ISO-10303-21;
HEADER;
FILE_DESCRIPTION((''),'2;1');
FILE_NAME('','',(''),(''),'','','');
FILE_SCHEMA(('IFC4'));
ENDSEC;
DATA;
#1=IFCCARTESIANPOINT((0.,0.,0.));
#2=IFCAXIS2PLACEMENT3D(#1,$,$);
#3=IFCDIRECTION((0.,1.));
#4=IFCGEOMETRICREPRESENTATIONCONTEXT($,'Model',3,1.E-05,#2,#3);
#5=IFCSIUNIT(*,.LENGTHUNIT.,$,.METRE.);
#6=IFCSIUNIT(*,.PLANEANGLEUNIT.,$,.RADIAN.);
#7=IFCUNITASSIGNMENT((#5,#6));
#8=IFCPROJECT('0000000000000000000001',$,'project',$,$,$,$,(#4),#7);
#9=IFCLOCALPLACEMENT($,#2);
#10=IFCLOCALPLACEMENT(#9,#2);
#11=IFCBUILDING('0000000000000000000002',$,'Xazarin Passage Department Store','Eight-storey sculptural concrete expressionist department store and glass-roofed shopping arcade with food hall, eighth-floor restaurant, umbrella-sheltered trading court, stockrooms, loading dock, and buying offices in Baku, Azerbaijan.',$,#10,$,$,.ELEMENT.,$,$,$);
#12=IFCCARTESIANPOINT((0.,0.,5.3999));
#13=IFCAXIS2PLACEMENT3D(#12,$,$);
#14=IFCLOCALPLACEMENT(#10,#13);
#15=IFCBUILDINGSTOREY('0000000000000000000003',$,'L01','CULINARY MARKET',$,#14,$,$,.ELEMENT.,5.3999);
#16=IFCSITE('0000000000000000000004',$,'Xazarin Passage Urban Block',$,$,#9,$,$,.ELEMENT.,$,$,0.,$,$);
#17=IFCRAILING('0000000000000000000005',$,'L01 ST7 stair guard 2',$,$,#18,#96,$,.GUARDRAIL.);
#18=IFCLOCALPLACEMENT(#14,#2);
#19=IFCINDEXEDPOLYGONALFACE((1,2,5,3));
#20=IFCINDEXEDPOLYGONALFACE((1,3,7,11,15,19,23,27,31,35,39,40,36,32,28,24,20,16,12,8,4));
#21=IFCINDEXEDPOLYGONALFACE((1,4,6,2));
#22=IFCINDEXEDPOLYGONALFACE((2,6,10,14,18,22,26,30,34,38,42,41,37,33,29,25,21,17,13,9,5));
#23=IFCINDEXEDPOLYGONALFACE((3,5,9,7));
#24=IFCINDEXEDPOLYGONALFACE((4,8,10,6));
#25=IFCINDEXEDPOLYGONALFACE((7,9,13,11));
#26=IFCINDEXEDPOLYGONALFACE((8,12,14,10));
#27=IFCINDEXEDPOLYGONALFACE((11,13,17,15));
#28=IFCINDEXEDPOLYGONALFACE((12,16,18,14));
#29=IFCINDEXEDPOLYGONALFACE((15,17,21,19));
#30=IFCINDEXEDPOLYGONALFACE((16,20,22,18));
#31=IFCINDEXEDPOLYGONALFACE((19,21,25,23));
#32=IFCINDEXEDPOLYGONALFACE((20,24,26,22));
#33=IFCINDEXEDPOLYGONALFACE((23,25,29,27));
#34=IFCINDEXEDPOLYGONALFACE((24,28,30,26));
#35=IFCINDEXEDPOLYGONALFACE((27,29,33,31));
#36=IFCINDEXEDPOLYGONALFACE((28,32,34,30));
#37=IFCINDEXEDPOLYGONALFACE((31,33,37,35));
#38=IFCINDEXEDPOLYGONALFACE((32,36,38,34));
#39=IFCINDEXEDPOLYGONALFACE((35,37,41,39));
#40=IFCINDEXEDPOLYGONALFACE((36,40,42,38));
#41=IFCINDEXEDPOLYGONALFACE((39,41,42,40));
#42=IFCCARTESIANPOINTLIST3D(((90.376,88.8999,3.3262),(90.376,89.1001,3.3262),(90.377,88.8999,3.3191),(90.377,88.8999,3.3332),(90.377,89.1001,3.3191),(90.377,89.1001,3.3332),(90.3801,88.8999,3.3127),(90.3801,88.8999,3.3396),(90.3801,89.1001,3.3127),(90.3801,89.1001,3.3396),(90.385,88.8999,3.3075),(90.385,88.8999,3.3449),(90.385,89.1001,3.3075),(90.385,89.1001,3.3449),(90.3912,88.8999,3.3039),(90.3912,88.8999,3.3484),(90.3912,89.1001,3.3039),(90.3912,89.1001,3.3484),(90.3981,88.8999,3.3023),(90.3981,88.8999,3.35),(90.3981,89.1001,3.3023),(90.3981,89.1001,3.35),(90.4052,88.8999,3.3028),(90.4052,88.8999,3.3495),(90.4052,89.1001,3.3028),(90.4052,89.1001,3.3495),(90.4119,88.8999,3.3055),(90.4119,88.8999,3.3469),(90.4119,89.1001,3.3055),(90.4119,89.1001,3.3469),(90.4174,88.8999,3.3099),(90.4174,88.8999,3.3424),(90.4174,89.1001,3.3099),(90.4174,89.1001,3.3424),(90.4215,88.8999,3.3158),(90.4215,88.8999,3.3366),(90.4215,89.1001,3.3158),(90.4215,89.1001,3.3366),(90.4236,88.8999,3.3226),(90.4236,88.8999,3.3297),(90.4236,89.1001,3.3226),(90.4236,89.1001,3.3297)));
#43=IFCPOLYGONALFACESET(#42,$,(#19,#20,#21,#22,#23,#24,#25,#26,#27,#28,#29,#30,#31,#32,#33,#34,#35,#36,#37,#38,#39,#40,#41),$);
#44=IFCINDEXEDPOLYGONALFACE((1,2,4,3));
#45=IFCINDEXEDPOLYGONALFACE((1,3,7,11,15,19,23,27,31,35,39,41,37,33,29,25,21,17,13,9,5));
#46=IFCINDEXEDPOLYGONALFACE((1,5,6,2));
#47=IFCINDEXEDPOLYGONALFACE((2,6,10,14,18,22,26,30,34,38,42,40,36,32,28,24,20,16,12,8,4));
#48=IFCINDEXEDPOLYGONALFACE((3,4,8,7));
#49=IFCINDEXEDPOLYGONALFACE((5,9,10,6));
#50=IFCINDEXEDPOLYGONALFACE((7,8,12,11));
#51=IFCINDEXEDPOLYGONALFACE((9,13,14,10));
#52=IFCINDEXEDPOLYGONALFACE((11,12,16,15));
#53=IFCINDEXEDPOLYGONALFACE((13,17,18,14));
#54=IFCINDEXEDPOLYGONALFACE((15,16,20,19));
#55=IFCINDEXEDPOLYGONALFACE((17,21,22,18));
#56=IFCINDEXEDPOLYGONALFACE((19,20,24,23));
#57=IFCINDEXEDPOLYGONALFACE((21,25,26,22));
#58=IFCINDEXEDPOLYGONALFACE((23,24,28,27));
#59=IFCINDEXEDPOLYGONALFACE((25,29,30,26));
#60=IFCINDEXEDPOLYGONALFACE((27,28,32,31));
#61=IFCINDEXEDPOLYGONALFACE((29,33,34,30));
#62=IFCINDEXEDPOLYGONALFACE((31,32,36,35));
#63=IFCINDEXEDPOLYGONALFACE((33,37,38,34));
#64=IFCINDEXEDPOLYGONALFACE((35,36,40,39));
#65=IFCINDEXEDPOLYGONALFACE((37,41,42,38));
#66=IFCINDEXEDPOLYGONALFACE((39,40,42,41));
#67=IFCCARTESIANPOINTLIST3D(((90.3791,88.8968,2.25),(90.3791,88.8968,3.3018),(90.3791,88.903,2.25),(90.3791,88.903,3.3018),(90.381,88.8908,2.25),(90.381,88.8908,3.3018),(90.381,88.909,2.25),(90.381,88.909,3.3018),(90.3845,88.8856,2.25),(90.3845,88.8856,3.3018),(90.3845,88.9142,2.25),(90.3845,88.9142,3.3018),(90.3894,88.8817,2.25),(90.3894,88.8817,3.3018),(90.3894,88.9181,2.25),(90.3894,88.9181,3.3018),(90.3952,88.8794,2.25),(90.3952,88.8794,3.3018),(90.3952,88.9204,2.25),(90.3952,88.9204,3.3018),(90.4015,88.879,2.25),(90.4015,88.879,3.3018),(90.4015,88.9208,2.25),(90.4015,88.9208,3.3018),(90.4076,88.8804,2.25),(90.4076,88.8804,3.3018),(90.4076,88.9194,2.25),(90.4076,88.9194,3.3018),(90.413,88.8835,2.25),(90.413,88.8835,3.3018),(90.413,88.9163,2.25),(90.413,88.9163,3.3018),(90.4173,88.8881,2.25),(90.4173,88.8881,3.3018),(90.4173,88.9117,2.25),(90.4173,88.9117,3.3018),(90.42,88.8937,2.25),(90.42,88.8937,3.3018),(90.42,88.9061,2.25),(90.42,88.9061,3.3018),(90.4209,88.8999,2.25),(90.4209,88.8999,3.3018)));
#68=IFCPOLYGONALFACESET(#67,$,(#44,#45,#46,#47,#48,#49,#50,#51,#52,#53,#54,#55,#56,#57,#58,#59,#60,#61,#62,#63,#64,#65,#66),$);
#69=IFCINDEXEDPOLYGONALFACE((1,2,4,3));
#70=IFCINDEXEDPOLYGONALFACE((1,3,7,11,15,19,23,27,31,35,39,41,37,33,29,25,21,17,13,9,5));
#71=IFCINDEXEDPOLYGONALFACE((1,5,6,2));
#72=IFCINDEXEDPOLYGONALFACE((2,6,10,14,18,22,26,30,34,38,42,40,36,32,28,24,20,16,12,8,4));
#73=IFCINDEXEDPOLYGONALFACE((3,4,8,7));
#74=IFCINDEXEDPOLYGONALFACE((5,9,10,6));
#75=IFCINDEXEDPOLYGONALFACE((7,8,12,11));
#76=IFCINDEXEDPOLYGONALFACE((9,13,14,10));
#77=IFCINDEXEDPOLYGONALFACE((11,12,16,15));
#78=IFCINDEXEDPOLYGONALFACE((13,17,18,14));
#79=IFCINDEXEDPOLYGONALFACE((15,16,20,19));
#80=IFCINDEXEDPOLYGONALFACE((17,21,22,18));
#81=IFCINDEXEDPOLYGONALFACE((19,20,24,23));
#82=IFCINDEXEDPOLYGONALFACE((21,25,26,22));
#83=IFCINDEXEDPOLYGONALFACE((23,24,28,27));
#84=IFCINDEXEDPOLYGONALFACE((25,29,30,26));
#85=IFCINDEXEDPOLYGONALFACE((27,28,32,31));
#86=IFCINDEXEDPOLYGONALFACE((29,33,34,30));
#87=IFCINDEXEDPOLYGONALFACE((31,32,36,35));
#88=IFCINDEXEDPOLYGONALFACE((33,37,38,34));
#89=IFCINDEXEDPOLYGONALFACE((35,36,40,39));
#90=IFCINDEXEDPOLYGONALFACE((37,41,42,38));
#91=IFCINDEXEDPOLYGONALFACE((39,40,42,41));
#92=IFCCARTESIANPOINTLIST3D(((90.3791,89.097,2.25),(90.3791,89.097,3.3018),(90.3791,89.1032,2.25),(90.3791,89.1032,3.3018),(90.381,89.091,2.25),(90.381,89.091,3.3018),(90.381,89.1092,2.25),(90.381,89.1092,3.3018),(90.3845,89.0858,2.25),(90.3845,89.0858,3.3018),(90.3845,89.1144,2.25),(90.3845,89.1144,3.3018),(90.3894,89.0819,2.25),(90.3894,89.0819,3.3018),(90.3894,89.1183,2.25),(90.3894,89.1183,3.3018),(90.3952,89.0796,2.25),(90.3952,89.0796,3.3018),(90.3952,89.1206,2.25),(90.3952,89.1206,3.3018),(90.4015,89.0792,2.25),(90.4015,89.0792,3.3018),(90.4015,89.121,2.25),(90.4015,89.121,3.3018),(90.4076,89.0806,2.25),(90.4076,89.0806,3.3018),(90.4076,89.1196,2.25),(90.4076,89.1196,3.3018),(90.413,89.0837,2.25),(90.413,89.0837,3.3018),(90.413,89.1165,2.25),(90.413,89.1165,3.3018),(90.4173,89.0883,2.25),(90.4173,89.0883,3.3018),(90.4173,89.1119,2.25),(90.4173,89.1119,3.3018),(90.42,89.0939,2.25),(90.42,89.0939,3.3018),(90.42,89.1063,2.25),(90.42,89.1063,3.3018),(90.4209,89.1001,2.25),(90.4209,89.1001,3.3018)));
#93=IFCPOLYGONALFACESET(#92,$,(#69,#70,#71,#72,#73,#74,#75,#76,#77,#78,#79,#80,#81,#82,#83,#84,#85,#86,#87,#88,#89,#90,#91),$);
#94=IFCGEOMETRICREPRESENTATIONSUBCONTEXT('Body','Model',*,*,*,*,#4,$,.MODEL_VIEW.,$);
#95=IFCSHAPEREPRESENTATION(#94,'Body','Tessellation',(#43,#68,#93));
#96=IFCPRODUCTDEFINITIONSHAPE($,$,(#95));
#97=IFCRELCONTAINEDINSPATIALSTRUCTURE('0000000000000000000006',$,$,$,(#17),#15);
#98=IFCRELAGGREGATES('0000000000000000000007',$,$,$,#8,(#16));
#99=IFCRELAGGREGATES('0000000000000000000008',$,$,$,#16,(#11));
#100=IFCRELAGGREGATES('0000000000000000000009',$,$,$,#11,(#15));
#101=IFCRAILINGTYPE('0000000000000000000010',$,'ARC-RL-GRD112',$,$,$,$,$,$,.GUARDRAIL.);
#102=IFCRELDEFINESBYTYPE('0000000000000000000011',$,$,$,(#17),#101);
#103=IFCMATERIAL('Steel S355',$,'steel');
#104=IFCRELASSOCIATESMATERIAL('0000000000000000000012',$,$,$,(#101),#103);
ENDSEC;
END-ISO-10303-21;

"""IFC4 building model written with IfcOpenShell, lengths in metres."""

from ifc_helpers import new_model, si_unit, direction, frame, origin, origin_2d, place, context, subcontext, project, spatial, circle, extrude, material, type_object, element, save


model = new_model("IFC4")

# Units and contexts
model_context = context("Model", 3, precision=1e-05, world=origin(), true_north=direction((0.0, 1.0)))
body_context = subcontext(model_context, "Body", "Model", "MODEL_VIEW")
ifc_project = project(units=[si_unit("LENGTHUNIT", "METRE"), si_unit("PLANEANGLEUNIT", "RADIAN")], contexts=[model_context])

# Site, building, storey
site_placement = place(None, origin())
site = spatial("IfcSite", under=ifc_project, at=site_placement, Name="Xazarin Passage Urban Block", CompositionType="ELEMENT", RefElevation=0.0)
building_placement = place(site_placement, origin())
building = spatial("IfcBuilding", under=site, at=building_placement, Name="Xazarin Passage Department Store", Description="Eight-storey sculptural concrete expressionist department store and glass-roofed shopping arcade with food hall, eighth-floor restaurant, umbrella-sheltered trading court, stockrooms, loading dock, and buying offices in Baku, Azerbaijan.", CompositionType="ELEMENT")
storey_placement = place(building_placement, frame((0.0, 0.0, 5.3999)))
storey = spatial("IfcBuildingStorey", under=building, at=storey_placement, Name="L01", Description="CULINARY MARKET", CompositionType="ELEMENT", Elevation=5.3999)

# Railing
ifc_material_1 = material(Name="Steel S355", Category="steel")
railing_type_1 = type_object("IfcRailingType", Name="ARC-RL-GRD112", PredefinedType="GUARDRAIL", material=ifc_material_1)
railing_1_placement = place(storey_placement, frame((90.3999, 88.8999, 2.25)))
element("IfcRailing", 1, at=railing_1_placement, inside=storey, type_object=railing_type_1, Name="L01 ST7 stair guard 2", PredefinedType="GUARDRAIL", context=body_context, shape_type="SweptSolid", body=[
    extrude(circle(Radius=0.0239, at=origin_2d()), frame((0.0, 0.0, 1.0762), z_axis=(0.0, 1.0, 0.0), x_axis=(-1.0, 0.0, 0.0)), (0.0, 0.0, 1.0), 0.2002),
    extrude(circle(Radius=0.021, at=origin_2d()), origin(), (0.0, 0.0, 1.0), 1.0518),
    extrude(circle(Radius=0.021, at=origin_2d()), frame((0.0, 0.2002, 0.0)), (0.0, 0.0, 1.0), 1.0518),
])

save(model, "model.ifc")
